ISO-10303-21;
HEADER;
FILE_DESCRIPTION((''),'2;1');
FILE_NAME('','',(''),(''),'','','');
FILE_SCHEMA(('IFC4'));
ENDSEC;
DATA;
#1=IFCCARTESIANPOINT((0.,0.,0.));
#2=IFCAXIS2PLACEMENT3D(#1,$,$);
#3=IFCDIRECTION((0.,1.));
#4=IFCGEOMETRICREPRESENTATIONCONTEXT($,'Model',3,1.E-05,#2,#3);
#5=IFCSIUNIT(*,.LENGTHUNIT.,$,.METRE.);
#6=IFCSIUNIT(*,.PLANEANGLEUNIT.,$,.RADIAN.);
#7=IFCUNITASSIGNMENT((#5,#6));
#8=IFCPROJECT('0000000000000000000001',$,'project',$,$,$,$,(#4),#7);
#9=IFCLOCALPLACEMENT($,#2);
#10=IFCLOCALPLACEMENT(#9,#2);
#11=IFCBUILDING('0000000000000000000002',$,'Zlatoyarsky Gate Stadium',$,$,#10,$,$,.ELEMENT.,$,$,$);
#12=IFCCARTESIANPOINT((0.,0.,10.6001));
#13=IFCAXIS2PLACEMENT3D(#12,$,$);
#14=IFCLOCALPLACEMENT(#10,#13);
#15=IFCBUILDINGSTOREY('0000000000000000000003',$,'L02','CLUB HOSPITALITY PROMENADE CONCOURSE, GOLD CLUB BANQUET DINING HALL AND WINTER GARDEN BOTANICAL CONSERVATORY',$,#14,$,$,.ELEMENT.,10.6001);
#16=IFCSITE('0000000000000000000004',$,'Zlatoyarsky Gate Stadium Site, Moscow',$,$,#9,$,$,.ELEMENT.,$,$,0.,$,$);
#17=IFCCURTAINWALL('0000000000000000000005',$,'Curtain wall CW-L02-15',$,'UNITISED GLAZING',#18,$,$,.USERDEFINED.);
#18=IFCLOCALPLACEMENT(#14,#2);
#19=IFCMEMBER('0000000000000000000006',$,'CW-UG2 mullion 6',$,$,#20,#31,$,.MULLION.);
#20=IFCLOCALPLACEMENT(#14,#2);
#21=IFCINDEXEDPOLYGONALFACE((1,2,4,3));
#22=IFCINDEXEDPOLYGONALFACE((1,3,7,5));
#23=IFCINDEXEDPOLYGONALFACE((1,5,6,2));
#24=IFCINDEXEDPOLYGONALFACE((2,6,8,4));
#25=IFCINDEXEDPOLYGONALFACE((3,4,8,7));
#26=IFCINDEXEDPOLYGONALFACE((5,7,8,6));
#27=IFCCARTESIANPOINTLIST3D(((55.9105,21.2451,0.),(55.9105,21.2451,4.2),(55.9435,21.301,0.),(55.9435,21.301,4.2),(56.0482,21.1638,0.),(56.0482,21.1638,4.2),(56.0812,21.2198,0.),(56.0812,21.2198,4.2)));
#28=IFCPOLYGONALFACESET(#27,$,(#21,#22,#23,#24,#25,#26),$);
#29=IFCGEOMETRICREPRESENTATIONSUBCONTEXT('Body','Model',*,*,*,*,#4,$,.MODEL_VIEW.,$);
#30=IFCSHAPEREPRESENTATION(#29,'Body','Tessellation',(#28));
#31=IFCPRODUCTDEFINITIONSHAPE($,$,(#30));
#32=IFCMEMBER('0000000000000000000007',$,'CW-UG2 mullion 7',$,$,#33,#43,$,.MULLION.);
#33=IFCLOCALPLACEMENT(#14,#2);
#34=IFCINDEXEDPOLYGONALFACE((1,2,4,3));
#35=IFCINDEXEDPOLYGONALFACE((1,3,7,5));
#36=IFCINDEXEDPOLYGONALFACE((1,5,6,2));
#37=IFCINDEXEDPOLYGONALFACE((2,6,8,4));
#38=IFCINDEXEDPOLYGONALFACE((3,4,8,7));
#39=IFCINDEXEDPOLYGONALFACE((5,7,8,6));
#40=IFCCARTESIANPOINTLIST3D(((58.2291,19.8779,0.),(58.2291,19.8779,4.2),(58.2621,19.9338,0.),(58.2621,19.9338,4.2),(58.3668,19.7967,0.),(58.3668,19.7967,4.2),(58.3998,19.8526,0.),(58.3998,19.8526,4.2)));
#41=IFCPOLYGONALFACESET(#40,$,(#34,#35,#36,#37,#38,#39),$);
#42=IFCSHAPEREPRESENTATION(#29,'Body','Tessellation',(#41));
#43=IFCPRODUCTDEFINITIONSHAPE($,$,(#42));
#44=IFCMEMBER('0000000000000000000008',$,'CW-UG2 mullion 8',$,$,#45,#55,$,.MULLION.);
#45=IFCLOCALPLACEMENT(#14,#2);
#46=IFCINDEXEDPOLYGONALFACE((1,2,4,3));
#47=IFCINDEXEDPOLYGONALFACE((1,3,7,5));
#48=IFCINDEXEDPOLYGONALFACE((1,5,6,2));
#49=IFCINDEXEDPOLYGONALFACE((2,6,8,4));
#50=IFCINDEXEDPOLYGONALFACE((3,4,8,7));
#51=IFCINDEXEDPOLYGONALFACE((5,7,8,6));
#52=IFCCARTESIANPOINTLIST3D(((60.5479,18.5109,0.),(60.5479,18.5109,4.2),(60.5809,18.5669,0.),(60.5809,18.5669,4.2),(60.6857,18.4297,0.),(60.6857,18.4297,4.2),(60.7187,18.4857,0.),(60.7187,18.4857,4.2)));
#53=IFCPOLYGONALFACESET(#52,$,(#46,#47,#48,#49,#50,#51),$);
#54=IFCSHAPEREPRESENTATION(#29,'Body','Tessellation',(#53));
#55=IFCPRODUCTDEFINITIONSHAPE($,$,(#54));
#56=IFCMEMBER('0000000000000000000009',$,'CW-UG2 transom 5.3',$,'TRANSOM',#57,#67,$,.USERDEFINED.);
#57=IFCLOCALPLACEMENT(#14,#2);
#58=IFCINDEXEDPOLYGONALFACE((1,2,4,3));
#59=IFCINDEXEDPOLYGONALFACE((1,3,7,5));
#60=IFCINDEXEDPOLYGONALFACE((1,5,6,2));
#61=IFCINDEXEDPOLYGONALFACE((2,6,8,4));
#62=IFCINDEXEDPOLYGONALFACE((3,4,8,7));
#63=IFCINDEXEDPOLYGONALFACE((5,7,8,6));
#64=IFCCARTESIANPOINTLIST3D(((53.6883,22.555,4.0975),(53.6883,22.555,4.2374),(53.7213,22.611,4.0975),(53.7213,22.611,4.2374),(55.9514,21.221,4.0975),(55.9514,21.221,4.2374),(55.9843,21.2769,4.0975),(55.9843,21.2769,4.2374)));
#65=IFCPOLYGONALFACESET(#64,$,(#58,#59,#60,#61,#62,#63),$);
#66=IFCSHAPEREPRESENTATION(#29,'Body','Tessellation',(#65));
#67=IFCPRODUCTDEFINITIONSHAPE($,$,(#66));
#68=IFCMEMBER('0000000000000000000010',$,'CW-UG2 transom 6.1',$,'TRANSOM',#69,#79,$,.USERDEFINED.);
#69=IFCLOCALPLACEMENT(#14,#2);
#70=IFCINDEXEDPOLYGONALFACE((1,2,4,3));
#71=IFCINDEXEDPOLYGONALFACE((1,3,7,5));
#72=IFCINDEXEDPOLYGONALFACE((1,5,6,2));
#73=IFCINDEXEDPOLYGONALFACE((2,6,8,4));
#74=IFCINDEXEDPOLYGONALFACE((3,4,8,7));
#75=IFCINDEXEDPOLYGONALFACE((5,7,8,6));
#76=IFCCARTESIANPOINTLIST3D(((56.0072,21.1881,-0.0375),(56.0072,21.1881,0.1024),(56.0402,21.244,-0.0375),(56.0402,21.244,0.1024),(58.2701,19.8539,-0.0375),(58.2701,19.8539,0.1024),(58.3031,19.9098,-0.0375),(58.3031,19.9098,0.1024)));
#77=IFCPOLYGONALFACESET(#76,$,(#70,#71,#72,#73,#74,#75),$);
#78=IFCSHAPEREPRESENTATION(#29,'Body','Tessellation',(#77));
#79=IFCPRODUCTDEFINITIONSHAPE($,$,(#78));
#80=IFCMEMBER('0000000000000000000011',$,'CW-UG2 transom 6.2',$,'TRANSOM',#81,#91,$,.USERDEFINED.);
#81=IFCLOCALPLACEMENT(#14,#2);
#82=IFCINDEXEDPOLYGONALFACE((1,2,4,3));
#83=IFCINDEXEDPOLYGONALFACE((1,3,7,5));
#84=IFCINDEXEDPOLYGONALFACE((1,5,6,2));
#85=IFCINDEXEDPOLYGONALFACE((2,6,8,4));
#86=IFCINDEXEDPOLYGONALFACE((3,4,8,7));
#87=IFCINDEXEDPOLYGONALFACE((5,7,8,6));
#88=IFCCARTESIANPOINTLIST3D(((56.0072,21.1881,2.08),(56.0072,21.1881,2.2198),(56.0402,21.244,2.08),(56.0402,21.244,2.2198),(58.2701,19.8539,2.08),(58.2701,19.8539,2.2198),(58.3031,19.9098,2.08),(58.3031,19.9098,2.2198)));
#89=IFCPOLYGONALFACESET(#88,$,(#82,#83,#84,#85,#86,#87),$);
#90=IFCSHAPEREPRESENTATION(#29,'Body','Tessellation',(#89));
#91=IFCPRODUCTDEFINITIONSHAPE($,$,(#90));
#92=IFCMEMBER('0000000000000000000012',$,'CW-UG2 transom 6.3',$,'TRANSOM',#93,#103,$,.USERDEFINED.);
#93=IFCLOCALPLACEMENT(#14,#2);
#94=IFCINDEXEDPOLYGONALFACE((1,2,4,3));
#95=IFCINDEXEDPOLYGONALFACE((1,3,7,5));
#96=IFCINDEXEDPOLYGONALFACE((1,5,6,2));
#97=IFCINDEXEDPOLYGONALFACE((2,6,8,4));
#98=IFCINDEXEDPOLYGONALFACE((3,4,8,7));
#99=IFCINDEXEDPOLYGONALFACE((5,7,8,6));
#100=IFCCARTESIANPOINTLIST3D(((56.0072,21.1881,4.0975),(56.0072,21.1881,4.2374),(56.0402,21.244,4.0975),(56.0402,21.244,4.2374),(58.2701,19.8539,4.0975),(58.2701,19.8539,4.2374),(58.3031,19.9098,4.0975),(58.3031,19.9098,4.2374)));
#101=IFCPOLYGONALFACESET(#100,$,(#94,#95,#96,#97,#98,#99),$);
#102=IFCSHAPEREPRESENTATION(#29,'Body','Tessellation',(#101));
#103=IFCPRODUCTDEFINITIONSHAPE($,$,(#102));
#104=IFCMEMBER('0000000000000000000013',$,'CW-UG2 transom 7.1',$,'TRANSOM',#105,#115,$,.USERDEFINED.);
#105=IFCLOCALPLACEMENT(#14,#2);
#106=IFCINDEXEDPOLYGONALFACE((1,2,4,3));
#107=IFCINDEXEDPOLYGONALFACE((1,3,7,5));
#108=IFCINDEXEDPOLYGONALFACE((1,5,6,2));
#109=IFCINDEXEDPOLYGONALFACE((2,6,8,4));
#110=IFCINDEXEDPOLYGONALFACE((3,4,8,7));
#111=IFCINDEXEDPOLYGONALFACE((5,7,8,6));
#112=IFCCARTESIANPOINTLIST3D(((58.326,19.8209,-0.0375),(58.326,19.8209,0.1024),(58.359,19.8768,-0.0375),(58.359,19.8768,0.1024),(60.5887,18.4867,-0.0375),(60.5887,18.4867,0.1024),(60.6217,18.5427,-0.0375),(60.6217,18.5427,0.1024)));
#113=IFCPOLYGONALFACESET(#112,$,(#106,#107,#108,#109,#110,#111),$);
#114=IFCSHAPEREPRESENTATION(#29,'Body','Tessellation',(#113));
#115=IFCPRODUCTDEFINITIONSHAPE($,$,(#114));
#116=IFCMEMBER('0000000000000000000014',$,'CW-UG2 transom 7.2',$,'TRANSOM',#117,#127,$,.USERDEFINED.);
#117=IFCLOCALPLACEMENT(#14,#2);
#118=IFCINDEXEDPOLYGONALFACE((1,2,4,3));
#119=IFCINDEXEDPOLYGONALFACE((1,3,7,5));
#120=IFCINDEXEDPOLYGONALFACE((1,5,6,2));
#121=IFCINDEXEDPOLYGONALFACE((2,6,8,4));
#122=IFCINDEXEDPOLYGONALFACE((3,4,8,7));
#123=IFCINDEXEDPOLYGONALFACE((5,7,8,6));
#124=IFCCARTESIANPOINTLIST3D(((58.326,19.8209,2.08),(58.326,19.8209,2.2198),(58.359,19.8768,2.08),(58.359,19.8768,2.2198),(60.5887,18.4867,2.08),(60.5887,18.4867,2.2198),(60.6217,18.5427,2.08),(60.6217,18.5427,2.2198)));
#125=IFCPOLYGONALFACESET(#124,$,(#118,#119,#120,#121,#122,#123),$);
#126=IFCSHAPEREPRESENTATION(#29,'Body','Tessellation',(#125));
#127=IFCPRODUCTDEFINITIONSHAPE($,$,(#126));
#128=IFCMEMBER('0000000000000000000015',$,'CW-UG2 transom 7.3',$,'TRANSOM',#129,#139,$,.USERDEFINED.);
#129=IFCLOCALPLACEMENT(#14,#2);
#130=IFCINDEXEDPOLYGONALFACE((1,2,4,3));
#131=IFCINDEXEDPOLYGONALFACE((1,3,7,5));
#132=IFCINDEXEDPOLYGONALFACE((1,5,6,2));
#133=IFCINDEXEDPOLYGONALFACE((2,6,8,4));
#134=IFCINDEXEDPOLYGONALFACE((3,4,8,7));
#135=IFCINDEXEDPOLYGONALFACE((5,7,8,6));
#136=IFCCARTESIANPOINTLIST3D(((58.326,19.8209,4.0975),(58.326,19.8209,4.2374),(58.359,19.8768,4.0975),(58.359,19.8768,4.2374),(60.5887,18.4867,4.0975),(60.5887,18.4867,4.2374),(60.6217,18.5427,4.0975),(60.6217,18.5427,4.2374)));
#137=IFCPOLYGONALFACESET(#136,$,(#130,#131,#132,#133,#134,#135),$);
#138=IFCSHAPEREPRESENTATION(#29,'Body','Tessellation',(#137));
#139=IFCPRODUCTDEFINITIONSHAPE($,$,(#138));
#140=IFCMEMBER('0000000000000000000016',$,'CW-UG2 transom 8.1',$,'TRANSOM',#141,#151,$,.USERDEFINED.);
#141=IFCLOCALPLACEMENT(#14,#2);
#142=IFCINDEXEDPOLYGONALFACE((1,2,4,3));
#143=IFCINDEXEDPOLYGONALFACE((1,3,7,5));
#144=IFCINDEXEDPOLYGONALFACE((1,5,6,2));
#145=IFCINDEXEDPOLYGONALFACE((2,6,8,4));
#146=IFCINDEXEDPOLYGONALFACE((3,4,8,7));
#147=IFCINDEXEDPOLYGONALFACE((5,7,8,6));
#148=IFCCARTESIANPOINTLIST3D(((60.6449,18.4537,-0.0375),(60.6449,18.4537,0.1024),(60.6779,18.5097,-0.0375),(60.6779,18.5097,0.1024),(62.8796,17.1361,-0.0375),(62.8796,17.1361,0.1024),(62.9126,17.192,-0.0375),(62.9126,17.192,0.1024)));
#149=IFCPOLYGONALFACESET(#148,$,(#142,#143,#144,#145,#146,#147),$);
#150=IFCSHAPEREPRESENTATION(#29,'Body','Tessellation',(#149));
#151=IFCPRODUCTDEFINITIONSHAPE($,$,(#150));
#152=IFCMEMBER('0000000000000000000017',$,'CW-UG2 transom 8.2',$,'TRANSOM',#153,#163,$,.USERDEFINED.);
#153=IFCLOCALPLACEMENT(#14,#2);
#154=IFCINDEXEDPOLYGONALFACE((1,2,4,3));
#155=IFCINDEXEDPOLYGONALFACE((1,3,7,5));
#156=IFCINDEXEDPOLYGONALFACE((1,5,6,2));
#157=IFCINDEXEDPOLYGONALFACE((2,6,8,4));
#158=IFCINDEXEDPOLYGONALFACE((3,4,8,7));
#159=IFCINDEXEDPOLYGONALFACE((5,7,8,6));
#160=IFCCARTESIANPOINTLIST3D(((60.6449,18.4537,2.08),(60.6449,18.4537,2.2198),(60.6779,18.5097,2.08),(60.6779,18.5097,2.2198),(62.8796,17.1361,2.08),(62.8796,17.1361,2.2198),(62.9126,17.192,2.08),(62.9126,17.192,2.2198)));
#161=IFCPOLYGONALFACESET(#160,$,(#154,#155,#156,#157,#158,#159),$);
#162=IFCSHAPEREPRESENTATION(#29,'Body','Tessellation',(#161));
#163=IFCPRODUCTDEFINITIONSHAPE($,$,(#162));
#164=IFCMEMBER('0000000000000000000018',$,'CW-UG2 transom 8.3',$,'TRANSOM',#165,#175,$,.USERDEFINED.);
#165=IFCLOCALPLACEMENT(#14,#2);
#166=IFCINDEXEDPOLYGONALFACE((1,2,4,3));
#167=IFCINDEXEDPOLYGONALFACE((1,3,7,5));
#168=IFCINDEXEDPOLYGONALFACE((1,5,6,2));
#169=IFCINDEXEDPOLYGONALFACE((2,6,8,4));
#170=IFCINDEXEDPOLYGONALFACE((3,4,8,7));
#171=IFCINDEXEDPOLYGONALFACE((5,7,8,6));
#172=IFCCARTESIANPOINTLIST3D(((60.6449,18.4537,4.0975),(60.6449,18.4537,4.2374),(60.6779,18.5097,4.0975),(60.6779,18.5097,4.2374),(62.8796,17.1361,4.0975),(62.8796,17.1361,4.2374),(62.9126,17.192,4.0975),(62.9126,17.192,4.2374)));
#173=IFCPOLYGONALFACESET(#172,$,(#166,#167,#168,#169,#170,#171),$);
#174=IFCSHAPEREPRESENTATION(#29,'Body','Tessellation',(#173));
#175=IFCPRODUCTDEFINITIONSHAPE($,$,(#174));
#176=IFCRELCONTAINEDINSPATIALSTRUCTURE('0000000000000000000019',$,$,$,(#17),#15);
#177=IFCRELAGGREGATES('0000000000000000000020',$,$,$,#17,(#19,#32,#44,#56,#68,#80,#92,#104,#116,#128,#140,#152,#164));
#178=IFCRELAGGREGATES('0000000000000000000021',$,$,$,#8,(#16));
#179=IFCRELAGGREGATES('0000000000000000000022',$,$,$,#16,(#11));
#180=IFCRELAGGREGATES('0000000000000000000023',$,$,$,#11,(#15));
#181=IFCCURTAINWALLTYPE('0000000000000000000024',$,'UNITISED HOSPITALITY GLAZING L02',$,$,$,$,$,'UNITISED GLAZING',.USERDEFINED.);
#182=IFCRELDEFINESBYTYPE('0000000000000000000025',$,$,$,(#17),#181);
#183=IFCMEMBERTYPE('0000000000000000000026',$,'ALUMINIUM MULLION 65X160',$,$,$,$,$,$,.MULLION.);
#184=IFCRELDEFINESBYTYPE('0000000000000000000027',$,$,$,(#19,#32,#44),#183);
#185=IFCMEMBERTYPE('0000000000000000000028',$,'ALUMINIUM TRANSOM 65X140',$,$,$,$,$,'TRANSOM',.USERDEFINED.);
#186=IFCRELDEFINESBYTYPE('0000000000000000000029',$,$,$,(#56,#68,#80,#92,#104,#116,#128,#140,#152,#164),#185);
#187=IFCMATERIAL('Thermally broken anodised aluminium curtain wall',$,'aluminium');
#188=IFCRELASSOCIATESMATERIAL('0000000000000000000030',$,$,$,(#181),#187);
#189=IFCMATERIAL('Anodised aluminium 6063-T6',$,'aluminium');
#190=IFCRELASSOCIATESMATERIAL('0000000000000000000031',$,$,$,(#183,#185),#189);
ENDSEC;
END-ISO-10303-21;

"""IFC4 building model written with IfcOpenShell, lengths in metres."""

from ifc_helpers import new_model, si_unit, direction, frame, origin, origin_2d, place, context, subcontext, project, spatial, rectangle, extrude, material, material_profile, profile_set, type_object, element, aggregate, save


model = new_model("IFC4")

# Units and contexts
model_context = context("Model", 3, precision=1e-05, world=origin(), true_north=direction((0.0, 1.0)))
body_context = subcontext(model_context, "Body", "Model", "MODEL_VIEW")
ifc_project = project(units=[si_unit("LENGTHUNIT", "METRE"), si_unit("PLANEANGLEUNIT", "RADIAN")], contexts=[model_context])

# Site, building, storey
site_placement = place(None, origin())
site = spatial("IfcSite", under=ifc_project, at=site_placement, Name="Zlatoyarsky Gate Stadium Site, Moscow", CompositionType="ELEMENT", RefElevation=0.0)
building_placement = place(site_placement, origin())
building = spatial("IfcBuilding", under=site, at=building_placement, Name="Zlatoyarsky Gate Stadium", CompositionType="ELEMENT")
storey_placement = place(building_placement, frame((0.0, 0.0, 10.6001)))
storey = spatial("IfcBuildingStorey", under=building, at=storey_placement, Name="L02", Description="CLUB HOSPITALITY PROMENADE CONCOURSE, GOLD CLUB BANQUET DINING HALL AND WINTER GARDEN BOTANICAL CONSERVATORY", CompositionType="ELEMENT", Elevation=10.6001)

# Curtain wall, members
ifc_material_1 = material(Name="Thermally broken anodised aluminium curtain wall", Category="aluminium")
curtain_wall_type = type_object("IfcCurtainWallType", Name="UNITISED HOSPITALITY GLAZING L02", ElementType="UNITISED GLAZING", PredefinedType="USERDEFINED", material=ifc_material_1)
curtain_wall_placement = place(storey_placement, origin())
curtain_wall = element("IfcCurtainWall", 1, at=curtain_wall_placement, inside=storey, type_object=curtain_wall_type, Name="Curtain wall CW-L02-15", ObjectType="UNITISED GLAZING", PredefinedType="USERDEFINED")
ifc_material_2 = material(Name="Anodised aluminium 6063-T6", Category="aluminium")
ifc_material_profile_1 = material_profile(ifc_material_2, rectangle(XDim=0.0649, YDim=0.1599, at=origin_2d()), Name="ALU 65X160")
ifc_profile_set_1 = profile_set([ifc_material_profile_1], Name="Anodised aluminium 6063-T6")
member_type_1 = type_object("IfcMemberType", Name="ALUMINIUM MULLION 65X160", PredefinedType="MULLION", material=ifc_profile_set_1)
member_1_placement = place(storey_placement, frame((55.9958, 21.2324, 0.0), z_axis=(0.0, 0.0, 1.0), x_axis=(0.507884, 0.861425, 0.0)))
member_1 = element("IfcMember", 2, at=member_1_placement, type_object=member_type_1, Name="CW-UG2 mullion 6", PredefinedType="MULLION", context=body_context, shape_type="SweptSolid", body=[
    extrude(rectangle(XDim=0.0649, YDim=0.1599, at=origin_2d()), origin(), (0.0, 0.0, 1.0), 4.2),
])
member_2_placement = place(storey_placement, frame((58.3145, 19.8652, 0.0), z_axis=(0.0, 0.0, 1.0), x_axis=(0.507884, 0.861425, 0.0)))
member_2 = element("IfcMember", 3, at=member_2_placement, type_object=member_type_1, Name="CW-UG2 mullion 7", PredefinedType="MULLION", context=body_context, shape_type="SweptSolid", body=[
    extrude(rectangle(XDim=0.0649, YDim=0.1599, at=origin_2d()), origin(), (0.0, 0.0, 1.0), 4.2),
])
member_3_placement = place(storey_placement, frame((60.6333, 18.4983, 0.0), z_axis=(0.0, 0.0, 1.0), x_axis=(0.507884, 0.861425, 0.0)))
member_3 = element("IfcMember", 4, at=member_3_placement, type_object=member_type_1, Name="CW-UG2 mullion 8", PredefinedType="MULLION", context=body_context, shape_type="SweptSolid", body=[
    extrude(rectangle(XDim=0.0649, YDim=0.1599, at=origin_2d()), origin(), (0.0, 0.0, 1.0), 4.2),
])
ifc_material_profile_2 = material_profile(ifc_material_2, rectangle(XDim=0.0649, YDim=0.1399, at=origin_2d()), Name="ALU 65X140")
ifc_profile_set_2 = profile_set([ifc_material_profile_2], Name="Anodised aluminium 6063-T6")
member_type_2 = type_object("IfcMemberType", Name="ALUMINIUM TRANSOM 65X140", ElementType="TRANSOM", PredefinedType="USERDEFINED", material=ifc_profile_set_2)
member_4_placement = place(storey_placement, frame((53.7048, 22.583, 4.1675), z_axis=(0.861461, -0.507824, 0.0), x_axis=(0.507824, 0.861461, 0.0)))
member_4 = element("IfcMember", 5, at=member_4_placement, type_object=member_type_2, Name="CW-UG2 transom 5.3", ObjectType="TRANSOM", PredefinedType="USERDEFINED", context=body_context, shape_type="SweptSolid", body=[
    extrude(rectangle(XDim=0.0649, YDim=0.1399, at=origin_2d()), origin(), (0.0, 0.0, 1.0), 2.627),
])
member_5_placement = place(storey_placement, frame((56.0237, 21.2161, 0.0325), z_axis=(0.86142, -0.507893, 0.0), x_axis=(0.507893, 0.86142, 0.0)))
member_5 = element("IfcMember", 6, at=member_5_placement, type_object=member_type_2, Name="CW-UG2 transom 6.1", ObjectType="TRANSOM", PredefinedType="USERDEFINED", context=body_context, shape_type="SweptSolid", body=[
    extrude(rectangle(XDim=0.0649, YDim=0.1399, at=origin_2d()), origin(), (0.0, 0.0, 1.0), 2.627),
])
member_6_placement = place(storey_placement, frame((56.0237, 21.2161, 2.1499), z_axis=(0.86142, -0.507893, 0.0), x_axis=(0.507893, 0.86142, 0.0)))
member_6 = element("IfcMember", 7, at=member_6_placement, type_object=member_type_2, Name="CW-UG2 transom 6.2", ObjectType="TRANSOM", PredefinedType="USERDEFINED", context=body_context, shape_type="SweptSolid", body=[
    extrude(rectangle(XDim=0.0649, YDim=0.1399, at=origin_2d()), origin(), (0.0, 0.0, 1.0), 2.627),
])
member_7_placement = place(storey_placement, frame((56.0237, 21.2161, 4.1675), z_axis=(0.86142, -0.507893, 0.0), x_axis=(0.507893, 0.86142, 0.0)))
member_7 = element("IfcMember", 8, at=member_7_placement, type_object=member_type_2, Name="CW-UG2 transom 6.3", ObjectType="TRANSOM", PredefinedType="USERDEFINED", context=body_context, shape_type="SweptSolid", body=[
    extrude(rectangle(XDim=0.0649, YDim=0.1399, at=origin_2d()), origin(), (0.0, 0.0, 1.0), 2.627),
])
member_8_placement = place(storey_placement, frame((58.3425, 19.8489, 0.0325), z_axis=(0.861396, -0.507934, 0.0), x_axis=(0.507934, 0.861396, 0.0)))
member_8 = element("IfcMember", 9, at=member_8_placement, type_object=member_type_2, Name="CW-UG2 transom 7.1", ObjectType="TRANSOM", PredefinedType="USERDEFINED", context=body_context, shape_type="SweptSolid", body=[
    extrude(rectangle(XDim=0.0649, YDim=0.1399, at=origin_2d()), origin(), (0.0, 0.0, 1.0), 2.6267),
])
member_9_placement = place(storey_placement, frame((58.3425, 19.8489, 2.1499), z_axis=(0.861396, -0.507934, 0.0), x_axis=(0.507934, 0.861396, 0.0)))
member_9 = element("IfcMember", 10, at=member_9_placement, type_object=member_type_2, Name="CW-UG2 transom 7.2", ObjectType="TRANSOM", PredefinedType="USERDEFINED", context=body_context, shape_type="SweptSolid", body=[
    extrude(rectangle(XDim=0.0649, YDim=0.1399, at=origin_2d()), origin(), (0.0, 0.0, 1.0), 2.6267),
])
member_10_placement = place(storey_placement, frame((58.3425, 19.8489, 4.1675), z_axis=(0.861396, -0.507934, 0.0), x_axis=(0.507934, 0.861396, 0.0)))
member_10 = element("IfcMember", 11, at=member_10_placement, type_object=member_type_2, Name="CW-UG2 transom 7.3", ObjectType="TRANSOM", PredefinedType="USERDEFINED", context=body_context, shape_type="SweptSolid", body=[
    extrude(rectangle(XDim=0.0649, YDim=0.1399, at=origin_2d()), origin(), (0.0, 0.0, 1.0), 2.6267),
])
member_11_placement = place(storey_placement, frame((60.6614, 18.4817, 0.0325), z_axis=(0.861404, -0.507921, 0.0), x_axis=(0.507921, 0.861404, 0.0)))
member_11 = element("IfcMember", 12, at=member_11_placement, type_object=member_type_2, Name="CW-UG2 transom 8.1", ObjectType="TRANSOM", PredefinedType="USERDEFINED", context=body_context, shape_type="SweptSolid", body=[
    extrude(rectangle(XDim=0.0649, YDim=0.1399, at=origin_2d()), origin(), (0.0, 0.0, 1.0), 2.5942),
])
member_12_placement = place(storey_placement, frame((60.6614, 18.4817, 2.1499), z_axis=(0.861404, -0.507921, 0.0), x_axis=(0.507921, 0.861404, 0.0)))
member_12 = element("IfcMember", 13, at=member_12_placement, type_object=member_type_2, Name="CW-UG2 transom 8.2", ObjectType="TRANSOM", PredefinedType="USERDEFINED", context=body_context, shape_type="SweptSolid", body=[
    extrude(rectangle(XDim=0.0649, YDim=0.1399, at=origin_2d()), origin(), (0.0, 0.0, 1.0), 2.5942),
])
member_13_placement = place(storey_placement, frame((60.6614, 18.4817, 4.1675), z_axis=(0.861404, -0.507921, 0.0), x_axis=(0.507921, 0.861404, 0.0)))
member_13 = element("IfcMember", 14, at=member_13_placement, type_object=member_type_2, Name="CW-UG2 transom 8.3", ObjectType="TRANSOM", PredefinedType="USERDEFINED", context=body_context, shape_type="SweptSolid", body=[
    extrude(rectangle(XDim=0.0649, YDim=0.1399, at=origin_2d()), origin(), (0.0, 0.0, 1.0), 2.5942),
])

aggregate(curtain_wall, [member_1, member_2, member_3, member_4, member_5, member_6, member_7, member_8, member_9, member_10, member_11, member_12, member_13])

save(model, "model.ifc")
